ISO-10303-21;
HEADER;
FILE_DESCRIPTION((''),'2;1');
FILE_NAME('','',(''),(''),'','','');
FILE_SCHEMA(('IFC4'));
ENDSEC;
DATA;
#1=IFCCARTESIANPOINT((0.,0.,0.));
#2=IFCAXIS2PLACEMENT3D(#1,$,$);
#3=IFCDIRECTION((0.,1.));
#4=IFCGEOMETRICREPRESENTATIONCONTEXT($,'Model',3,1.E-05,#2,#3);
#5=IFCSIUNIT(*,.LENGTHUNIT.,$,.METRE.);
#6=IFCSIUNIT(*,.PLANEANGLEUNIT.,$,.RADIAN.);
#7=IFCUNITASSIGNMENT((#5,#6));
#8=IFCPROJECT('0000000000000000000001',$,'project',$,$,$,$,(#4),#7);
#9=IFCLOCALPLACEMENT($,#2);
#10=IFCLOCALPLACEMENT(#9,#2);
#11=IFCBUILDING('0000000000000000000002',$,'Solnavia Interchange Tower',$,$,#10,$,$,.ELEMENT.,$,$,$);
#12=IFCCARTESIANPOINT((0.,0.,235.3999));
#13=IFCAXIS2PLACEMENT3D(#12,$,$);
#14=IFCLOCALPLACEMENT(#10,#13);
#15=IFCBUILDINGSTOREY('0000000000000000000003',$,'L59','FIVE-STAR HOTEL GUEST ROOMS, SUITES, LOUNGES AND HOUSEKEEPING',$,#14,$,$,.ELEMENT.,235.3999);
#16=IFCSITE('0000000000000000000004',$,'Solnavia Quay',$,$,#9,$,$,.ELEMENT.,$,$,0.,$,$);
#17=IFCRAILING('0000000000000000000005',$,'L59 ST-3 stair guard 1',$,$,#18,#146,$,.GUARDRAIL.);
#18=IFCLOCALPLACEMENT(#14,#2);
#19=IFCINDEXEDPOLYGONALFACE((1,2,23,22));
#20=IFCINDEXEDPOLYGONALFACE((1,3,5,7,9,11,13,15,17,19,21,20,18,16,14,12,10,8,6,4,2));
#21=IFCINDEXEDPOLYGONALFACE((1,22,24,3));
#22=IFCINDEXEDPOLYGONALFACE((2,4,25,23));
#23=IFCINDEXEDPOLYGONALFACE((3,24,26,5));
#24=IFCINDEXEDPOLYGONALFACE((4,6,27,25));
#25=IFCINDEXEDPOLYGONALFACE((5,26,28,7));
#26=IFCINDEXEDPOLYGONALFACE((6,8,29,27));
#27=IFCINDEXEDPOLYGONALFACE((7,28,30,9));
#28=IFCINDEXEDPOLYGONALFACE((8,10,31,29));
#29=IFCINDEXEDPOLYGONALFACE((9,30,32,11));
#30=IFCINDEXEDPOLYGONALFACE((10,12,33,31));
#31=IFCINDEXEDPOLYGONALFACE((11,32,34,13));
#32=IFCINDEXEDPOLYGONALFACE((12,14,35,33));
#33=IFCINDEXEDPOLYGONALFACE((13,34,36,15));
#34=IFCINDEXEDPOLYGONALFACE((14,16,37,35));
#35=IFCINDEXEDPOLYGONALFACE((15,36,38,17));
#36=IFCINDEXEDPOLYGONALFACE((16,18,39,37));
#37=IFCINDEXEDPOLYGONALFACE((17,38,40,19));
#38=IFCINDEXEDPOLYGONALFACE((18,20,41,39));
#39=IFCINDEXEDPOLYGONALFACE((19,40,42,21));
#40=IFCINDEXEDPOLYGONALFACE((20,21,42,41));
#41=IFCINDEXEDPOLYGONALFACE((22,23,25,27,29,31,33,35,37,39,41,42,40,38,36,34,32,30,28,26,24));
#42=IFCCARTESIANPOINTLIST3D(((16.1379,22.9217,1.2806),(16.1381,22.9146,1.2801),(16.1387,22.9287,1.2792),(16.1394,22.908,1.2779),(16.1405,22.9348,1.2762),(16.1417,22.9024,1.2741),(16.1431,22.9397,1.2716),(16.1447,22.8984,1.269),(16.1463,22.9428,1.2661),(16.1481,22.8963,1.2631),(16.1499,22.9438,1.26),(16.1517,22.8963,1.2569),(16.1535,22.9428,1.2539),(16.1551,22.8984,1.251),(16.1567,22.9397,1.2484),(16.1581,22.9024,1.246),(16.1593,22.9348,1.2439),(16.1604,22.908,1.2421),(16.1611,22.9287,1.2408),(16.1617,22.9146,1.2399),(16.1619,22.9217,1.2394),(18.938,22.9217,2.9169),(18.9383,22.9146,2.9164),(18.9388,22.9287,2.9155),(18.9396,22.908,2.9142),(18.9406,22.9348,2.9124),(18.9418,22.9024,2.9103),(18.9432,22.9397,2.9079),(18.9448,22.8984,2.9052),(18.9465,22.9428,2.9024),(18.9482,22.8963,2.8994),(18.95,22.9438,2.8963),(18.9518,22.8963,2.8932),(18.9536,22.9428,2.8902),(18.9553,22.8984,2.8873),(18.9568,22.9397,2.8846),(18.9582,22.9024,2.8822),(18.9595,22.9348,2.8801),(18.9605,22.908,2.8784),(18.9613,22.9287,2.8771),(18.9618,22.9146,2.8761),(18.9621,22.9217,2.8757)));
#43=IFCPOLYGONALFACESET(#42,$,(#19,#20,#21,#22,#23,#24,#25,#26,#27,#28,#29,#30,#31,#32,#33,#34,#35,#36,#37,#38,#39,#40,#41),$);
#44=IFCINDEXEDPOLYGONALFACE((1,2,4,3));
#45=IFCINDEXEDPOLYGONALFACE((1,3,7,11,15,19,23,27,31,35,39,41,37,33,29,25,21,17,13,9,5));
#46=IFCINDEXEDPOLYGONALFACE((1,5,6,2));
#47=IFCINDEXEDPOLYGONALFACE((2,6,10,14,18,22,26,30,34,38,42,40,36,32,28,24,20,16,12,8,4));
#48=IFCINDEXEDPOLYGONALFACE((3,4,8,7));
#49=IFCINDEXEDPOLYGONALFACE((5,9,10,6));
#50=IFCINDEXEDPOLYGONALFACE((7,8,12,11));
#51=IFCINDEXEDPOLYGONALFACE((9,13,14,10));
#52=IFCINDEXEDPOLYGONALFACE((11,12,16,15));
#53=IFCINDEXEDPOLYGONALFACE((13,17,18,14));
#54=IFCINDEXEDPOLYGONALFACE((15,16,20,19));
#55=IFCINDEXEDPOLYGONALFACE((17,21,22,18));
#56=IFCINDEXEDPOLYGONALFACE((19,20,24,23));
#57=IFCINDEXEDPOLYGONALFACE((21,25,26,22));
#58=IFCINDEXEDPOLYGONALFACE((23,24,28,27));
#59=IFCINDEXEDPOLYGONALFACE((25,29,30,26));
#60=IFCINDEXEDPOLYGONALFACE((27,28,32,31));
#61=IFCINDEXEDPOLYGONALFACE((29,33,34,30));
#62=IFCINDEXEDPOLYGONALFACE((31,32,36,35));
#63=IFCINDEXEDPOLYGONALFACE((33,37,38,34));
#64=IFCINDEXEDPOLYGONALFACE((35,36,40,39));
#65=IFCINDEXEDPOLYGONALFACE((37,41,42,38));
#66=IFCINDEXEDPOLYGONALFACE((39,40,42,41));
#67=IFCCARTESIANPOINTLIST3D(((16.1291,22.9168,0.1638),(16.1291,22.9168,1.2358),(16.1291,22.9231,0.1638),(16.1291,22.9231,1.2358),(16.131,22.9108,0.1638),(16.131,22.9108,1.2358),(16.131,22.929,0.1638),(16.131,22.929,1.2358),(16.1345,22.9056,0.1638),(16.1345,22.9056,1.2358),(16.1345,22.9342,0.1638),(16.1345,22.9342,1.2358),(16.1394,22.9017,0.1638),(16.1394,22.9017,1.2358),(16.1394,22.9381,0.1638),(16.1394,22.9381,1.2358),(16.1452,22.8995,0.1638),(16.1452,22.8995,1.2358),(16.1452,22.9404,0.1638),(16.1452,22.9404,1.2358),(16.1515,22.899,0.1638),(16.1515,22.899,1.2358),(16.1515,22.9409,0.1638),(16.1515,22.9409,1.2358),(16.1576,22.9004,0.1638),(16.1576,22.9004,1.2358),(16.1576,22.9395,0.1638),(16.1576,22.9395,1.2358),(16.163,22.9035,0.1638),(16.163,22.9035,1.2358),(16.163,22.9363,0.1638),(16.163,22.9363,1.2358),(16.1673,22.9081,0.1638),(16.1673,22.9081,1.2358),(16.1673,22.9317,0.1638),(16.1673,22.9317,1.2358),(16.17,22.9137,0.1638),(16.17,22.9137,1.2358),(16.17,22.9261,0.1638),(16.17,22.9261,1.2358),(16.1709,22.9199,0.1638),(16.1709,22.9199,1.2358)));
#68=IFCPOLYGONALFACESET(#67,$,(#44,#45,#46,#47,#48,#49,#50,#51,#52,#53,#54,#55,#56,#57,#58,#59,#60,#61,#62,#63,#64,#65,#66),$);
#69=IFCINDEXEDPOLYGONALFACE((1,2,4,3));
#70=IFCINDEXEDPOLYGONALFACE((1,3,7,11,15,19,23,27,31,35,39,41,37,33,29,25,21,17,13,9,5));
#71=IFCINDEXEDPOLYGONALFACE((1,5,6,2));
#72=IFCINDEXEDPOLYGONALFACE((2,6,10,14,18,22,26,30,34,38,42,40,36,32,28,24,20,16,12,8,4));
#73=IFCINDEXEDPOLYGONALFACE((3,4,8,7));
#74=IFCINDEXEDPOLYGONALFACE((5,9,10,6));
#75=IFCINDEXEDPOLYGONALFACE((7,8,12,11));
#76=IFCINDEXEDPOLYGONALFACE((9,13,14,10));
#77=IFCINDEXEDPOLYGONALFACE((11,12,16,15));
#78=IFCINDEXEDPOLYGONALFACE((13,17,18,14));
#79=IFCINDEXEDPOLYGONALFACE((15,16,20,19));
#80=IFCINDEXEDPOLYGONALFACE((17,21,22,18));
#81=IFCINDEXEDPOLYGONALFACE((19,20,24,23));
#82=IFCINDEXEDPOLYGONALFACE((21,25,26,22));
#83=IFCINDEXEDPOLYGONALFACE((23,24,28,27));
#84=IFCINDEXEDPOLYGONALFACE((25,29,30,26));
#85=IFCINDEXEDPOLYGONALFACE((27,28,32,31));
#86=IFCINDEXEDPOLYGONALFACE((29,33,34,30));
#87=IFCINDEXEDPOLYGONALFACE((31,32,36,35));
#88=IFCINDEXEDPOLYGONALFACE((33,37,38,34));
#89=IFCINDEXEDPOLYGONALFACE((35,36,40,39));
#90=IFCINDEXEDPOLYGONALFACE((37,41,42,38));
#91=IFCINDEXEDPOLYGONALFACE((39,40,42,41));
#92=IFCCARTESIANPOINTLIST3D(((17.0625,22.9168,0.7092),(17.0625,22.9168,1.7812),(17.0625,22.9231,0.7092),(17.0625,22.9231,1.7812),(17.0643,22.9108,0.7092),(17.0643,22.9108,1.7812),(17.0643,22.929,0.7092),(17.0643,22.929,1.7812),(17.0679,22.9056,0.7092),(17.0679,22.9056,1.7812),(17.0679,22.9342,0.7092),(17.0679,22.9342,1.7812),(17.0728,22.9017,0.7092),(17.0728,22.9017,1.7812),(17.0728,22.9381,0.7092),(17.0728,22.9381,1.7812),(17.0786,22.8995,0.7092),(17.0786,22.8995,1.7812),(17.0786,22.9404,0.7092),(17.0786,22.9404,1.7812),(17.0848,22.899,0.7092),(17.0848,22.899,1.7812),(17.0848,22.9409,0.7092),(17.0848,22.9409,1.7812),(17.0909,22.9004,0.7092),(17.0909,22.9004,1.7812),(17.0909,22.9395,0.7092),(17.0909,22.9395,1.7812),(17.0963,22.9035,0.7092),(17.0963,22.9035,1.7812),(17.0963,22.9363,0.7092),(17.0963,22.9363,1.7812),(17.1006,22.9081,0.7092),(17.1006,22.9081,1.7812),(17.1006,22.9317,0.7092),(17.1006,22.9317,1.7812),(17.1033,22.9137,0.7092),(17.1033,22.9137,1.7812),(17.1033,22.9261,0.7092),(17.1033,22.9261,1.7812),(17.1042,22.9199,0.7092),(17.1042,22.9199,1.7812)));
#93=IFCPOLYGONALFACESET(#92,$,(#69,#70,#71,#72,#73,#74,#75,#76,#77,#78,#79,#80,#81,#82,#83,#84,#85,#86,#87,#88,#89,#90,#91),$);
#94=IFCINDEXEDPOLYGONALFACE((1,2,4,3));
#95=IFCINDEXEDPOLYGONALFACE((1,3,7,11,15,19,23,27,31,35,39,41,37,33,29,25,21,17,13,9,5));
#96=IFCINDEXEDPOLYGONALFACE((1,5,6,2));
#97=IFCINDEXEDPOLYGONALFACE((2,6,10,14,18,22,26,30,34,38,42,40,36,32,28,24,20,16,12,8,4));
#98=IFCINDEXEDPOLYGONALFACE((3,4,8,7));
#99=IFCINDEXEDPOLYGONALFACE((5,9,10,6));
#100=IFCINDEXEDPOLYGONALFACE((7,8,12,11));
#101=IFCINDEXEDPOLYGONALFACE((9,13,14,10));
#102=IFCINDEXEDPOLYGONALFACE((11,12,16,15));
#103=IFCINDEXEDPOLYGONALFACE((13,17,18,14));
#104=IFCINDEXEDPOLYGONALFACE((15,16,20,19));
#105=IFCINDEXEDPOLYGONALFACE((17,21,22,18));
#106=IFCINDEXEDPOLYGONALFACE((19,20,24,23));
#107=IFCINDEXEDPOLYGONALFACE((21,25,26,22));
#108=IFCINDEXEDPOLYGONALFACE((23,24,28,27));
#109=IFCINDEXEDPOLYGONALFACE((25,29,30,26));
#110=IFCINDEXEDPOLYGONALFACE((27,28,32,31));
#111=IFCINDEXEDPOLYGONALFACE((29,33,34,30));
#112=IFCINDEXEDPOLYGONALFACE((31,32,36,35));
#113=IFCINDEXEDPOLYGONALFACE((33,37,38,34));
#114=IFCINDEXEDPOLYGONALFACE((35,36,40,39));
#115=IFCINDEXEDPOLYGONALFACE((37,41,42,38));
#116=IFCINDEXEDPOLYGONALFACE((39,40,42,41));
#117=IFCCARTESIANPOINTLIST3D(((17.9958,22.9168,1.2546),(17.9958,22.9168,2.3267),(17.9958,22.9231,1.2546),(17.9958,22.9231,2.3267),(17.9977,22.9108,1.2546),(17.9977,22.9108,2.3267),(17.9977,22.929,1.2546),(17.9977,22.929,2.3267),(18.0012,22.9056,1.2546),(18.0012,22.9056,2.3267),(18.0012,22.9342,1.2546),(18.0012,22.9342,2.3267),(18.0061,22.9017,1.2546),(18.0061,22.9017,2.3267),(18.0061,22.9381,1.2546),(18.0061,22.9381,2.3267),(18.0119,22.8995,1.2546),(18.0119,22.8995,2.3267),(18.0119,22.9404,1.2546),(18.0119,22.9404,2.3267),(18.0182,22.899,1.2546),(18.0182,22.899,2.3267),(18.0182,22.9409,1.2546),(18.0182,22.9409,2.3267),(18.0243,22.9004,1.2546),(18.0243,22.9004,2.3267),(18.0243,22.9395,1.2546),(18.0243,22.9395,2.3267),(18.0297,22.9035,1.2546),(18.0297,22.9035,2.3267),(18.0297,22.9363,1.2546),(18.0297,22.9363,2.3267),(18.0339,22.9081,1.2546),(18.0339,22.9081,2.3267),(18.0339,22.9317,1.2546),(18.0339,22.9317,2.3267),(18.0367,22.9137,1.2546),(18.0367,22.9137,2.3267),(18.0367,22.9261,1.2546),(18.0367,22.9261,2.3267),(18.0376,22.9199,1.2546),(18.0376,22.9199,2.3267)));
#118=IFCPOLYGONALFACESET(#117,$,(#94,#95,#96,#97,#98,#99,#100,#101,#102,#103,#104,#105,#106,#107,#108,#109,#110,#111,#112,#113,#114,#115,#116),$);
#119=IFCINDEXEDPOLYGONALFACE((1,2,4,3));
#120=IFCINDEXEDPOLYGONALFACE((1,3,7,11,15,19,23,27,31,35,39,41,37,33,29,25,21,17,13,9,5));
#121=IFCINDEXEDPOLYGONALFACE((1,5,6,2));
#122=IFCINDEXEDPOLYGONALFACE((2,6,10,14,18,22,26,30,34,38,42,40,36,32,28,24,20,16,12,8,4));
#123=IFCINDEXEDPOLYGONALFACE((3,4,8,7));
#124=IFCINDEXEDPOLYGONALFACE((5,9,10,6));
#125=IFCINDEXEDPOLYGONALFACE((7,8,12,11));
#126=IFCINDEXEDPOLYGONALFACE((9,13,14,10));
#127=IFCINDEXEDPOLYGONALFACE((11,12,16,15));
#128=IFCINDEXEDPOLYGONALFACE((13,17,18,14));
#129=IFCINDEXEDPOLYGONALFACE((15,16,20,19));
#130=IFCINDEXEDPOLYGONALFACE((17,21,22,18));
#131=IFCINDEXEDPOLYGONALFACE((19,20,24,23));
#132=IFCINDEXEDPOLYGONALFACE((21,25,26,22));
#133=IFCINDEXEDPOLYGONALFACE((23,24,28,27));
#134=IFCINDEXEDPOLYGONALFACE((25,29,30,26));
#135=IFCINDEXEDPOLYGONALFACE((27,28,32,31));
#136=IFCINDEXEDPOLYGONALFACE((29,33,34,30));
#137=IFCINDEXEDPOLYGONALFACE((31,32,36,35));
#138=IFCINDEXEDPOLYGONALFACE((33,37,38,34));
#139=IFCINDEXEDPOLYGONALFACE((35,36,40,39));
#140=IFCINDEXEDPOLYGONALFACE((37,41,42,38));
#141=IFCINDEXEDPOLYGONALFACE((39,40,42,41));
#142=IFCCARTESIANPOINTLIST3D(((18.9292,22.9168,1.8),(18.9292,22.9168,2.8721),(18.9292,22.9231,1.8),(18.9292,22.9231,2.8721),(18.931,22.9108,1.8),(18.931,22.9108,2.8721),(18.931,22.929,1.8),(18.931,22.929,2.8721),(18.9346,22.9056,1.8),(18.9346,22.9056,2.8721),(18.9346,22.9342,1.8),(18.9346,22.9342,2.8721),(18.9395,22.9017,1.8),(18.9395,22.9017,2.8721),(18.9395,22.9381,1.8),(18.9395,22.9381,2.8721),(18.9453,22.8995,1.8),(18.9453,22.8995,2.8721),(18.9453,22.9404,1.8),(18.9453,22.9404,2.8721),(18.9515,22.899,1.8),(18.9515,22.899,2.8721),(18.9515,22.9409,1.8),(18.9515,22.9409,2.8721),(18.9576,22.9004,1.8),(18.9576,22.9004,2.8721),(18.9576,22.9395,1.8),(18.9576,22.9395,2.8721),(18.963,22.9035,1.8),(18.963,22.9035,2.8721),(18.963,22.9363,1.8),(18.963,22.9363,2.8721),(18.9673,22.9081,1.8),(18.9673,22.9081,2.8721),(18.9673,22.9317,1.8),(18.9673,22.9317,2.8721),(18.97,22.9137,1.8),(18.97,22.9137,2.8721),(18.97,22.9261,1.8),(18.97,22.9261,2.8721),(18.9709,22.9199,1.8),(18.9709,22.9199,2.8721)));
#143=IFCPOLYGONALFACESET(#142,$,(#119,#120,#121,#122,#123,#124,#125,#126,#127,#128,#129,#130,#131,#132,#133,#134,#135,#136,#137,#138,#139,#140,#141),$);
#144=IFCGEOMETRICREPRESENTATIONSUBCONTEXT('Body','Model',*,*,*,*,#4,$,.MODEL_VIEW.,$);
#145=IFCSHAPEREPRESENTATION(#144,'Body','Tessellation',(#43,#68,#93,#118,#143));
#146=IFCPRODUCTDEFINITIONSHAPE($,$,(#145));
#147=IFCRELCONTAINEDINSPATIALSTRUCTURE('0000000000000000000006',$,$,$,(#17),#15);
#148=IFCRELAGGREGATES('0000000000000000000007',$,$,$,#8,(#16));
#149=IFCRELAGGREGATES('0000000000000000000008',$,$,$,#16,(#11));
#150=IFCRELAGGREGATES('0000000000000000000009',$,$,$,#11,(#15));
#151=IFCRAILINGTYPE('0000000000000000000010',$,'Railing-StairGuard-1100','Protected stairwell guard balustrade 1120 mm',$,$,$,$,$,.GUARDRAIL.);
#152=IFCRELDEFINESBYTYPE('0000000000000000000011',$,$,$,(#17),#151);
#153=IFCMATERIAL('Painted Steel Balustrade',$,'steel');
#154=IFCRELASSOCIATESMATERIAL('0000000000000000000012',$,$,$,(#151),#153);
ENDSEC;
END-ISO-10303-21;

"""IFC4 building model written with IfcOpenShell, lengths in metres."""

from ifc_helpers import new_model, si_unit, direction, frame, origin, origin_2d, place, context, subcontext, project, spatial, circle, extrude, material, type_object, element, save


model = new_model("IFC4")

# Units and contexts
model_context = context("Model", 3, precision=1e-05, world=origin(), true_north=direction((0.0, 1.0)))
body_context = subcontext(model_context, "Body", "Model", "MODEL_VIEW")
ifc_project = project(units=[si_unit("LENGTHUNIT", "METRE"), si_unit("PLANEANGLEUNIT", "RADIAN")], contexts=[model_context])

# Site, building, storey
site_placement = place(None, origin())
site = spatial("IfcSite", under=ifc_project, at=site_placement, Name="Solnavia Quay", CompositionType="ELEMENT", RefElevation=0.0)
building_placement = place(site_placement, origin())
building = spatial("IfcBuilding", under=site, at=building_placement, Name="Solnavia Interchange Tower", CompositionType="ELEMENT")
storey_placement = place(building_placement, frame((0.0, 0.0, 235.3999)))
storey = spatial("IfcBuildingStorey", under=building, at=storey_placement, Name="L59", Description="FIVE-STAR HOTEL GUEST ROOMS, SUITES, LOUNGES AND HOUSEKEEPING", CompositionType="ELEMENT", Elevation=235.3999)

# Railing
ifc_material_1 = material(Name="Painted Steel Balustrade", Category="steel")
railing_type_1 = type_object("IfcRailingType", Name="Railing-StairGuard-1100", Description="Protected stairwell guard balustrade 1120 mm", PredefinedType="GUARDRAIL", material=ifc_material_1)
railing_1_placement = place(storey_placement, frame((16.1499, 22.9199, 0.1638)))
element("IfcRailing", 1, at=railing_1_placement, inside=storey, type_object=railing_type_1, Name="L59 ST-3 stair guard 1", PredefinedType="GUARDRAIL", context=body_context, shape_type="SweptSolid", body=[
    extrude(circle(Radius=0.0239, at=origin_2d()), frame((0.0, 0.0, 1.0962), z_axis=(0.863394, 0.0, 0.504531), x_axis=(0.0, 1.0, 0.0)), (0.0, 0.0, 1.0), 3.2432),
    extrude(circle(Radius=0.021, at=origin_2d()), origin(), (0.0, 0.0, 1.0), 1.072),
    extrude(circle(Radius=0.021, at=origin_2d()), frame((0.9333, 0.0, 0.5454)), (0.0, 0.0, 1.0), 1.072),
    extrude(circle(Radius=0.021, at=origin_2d()), frame((1.8667, 0.0, 1.0908)), (0.0, 0.0, 1.0), 1.072),
    extrude(circle(Radius=0.021, at=origin_2d()), frame((2.8, 0.0, 1.6362)), (0.0, 0.0, 1.0), 1.072),
])

save(model, "model.ifc")
